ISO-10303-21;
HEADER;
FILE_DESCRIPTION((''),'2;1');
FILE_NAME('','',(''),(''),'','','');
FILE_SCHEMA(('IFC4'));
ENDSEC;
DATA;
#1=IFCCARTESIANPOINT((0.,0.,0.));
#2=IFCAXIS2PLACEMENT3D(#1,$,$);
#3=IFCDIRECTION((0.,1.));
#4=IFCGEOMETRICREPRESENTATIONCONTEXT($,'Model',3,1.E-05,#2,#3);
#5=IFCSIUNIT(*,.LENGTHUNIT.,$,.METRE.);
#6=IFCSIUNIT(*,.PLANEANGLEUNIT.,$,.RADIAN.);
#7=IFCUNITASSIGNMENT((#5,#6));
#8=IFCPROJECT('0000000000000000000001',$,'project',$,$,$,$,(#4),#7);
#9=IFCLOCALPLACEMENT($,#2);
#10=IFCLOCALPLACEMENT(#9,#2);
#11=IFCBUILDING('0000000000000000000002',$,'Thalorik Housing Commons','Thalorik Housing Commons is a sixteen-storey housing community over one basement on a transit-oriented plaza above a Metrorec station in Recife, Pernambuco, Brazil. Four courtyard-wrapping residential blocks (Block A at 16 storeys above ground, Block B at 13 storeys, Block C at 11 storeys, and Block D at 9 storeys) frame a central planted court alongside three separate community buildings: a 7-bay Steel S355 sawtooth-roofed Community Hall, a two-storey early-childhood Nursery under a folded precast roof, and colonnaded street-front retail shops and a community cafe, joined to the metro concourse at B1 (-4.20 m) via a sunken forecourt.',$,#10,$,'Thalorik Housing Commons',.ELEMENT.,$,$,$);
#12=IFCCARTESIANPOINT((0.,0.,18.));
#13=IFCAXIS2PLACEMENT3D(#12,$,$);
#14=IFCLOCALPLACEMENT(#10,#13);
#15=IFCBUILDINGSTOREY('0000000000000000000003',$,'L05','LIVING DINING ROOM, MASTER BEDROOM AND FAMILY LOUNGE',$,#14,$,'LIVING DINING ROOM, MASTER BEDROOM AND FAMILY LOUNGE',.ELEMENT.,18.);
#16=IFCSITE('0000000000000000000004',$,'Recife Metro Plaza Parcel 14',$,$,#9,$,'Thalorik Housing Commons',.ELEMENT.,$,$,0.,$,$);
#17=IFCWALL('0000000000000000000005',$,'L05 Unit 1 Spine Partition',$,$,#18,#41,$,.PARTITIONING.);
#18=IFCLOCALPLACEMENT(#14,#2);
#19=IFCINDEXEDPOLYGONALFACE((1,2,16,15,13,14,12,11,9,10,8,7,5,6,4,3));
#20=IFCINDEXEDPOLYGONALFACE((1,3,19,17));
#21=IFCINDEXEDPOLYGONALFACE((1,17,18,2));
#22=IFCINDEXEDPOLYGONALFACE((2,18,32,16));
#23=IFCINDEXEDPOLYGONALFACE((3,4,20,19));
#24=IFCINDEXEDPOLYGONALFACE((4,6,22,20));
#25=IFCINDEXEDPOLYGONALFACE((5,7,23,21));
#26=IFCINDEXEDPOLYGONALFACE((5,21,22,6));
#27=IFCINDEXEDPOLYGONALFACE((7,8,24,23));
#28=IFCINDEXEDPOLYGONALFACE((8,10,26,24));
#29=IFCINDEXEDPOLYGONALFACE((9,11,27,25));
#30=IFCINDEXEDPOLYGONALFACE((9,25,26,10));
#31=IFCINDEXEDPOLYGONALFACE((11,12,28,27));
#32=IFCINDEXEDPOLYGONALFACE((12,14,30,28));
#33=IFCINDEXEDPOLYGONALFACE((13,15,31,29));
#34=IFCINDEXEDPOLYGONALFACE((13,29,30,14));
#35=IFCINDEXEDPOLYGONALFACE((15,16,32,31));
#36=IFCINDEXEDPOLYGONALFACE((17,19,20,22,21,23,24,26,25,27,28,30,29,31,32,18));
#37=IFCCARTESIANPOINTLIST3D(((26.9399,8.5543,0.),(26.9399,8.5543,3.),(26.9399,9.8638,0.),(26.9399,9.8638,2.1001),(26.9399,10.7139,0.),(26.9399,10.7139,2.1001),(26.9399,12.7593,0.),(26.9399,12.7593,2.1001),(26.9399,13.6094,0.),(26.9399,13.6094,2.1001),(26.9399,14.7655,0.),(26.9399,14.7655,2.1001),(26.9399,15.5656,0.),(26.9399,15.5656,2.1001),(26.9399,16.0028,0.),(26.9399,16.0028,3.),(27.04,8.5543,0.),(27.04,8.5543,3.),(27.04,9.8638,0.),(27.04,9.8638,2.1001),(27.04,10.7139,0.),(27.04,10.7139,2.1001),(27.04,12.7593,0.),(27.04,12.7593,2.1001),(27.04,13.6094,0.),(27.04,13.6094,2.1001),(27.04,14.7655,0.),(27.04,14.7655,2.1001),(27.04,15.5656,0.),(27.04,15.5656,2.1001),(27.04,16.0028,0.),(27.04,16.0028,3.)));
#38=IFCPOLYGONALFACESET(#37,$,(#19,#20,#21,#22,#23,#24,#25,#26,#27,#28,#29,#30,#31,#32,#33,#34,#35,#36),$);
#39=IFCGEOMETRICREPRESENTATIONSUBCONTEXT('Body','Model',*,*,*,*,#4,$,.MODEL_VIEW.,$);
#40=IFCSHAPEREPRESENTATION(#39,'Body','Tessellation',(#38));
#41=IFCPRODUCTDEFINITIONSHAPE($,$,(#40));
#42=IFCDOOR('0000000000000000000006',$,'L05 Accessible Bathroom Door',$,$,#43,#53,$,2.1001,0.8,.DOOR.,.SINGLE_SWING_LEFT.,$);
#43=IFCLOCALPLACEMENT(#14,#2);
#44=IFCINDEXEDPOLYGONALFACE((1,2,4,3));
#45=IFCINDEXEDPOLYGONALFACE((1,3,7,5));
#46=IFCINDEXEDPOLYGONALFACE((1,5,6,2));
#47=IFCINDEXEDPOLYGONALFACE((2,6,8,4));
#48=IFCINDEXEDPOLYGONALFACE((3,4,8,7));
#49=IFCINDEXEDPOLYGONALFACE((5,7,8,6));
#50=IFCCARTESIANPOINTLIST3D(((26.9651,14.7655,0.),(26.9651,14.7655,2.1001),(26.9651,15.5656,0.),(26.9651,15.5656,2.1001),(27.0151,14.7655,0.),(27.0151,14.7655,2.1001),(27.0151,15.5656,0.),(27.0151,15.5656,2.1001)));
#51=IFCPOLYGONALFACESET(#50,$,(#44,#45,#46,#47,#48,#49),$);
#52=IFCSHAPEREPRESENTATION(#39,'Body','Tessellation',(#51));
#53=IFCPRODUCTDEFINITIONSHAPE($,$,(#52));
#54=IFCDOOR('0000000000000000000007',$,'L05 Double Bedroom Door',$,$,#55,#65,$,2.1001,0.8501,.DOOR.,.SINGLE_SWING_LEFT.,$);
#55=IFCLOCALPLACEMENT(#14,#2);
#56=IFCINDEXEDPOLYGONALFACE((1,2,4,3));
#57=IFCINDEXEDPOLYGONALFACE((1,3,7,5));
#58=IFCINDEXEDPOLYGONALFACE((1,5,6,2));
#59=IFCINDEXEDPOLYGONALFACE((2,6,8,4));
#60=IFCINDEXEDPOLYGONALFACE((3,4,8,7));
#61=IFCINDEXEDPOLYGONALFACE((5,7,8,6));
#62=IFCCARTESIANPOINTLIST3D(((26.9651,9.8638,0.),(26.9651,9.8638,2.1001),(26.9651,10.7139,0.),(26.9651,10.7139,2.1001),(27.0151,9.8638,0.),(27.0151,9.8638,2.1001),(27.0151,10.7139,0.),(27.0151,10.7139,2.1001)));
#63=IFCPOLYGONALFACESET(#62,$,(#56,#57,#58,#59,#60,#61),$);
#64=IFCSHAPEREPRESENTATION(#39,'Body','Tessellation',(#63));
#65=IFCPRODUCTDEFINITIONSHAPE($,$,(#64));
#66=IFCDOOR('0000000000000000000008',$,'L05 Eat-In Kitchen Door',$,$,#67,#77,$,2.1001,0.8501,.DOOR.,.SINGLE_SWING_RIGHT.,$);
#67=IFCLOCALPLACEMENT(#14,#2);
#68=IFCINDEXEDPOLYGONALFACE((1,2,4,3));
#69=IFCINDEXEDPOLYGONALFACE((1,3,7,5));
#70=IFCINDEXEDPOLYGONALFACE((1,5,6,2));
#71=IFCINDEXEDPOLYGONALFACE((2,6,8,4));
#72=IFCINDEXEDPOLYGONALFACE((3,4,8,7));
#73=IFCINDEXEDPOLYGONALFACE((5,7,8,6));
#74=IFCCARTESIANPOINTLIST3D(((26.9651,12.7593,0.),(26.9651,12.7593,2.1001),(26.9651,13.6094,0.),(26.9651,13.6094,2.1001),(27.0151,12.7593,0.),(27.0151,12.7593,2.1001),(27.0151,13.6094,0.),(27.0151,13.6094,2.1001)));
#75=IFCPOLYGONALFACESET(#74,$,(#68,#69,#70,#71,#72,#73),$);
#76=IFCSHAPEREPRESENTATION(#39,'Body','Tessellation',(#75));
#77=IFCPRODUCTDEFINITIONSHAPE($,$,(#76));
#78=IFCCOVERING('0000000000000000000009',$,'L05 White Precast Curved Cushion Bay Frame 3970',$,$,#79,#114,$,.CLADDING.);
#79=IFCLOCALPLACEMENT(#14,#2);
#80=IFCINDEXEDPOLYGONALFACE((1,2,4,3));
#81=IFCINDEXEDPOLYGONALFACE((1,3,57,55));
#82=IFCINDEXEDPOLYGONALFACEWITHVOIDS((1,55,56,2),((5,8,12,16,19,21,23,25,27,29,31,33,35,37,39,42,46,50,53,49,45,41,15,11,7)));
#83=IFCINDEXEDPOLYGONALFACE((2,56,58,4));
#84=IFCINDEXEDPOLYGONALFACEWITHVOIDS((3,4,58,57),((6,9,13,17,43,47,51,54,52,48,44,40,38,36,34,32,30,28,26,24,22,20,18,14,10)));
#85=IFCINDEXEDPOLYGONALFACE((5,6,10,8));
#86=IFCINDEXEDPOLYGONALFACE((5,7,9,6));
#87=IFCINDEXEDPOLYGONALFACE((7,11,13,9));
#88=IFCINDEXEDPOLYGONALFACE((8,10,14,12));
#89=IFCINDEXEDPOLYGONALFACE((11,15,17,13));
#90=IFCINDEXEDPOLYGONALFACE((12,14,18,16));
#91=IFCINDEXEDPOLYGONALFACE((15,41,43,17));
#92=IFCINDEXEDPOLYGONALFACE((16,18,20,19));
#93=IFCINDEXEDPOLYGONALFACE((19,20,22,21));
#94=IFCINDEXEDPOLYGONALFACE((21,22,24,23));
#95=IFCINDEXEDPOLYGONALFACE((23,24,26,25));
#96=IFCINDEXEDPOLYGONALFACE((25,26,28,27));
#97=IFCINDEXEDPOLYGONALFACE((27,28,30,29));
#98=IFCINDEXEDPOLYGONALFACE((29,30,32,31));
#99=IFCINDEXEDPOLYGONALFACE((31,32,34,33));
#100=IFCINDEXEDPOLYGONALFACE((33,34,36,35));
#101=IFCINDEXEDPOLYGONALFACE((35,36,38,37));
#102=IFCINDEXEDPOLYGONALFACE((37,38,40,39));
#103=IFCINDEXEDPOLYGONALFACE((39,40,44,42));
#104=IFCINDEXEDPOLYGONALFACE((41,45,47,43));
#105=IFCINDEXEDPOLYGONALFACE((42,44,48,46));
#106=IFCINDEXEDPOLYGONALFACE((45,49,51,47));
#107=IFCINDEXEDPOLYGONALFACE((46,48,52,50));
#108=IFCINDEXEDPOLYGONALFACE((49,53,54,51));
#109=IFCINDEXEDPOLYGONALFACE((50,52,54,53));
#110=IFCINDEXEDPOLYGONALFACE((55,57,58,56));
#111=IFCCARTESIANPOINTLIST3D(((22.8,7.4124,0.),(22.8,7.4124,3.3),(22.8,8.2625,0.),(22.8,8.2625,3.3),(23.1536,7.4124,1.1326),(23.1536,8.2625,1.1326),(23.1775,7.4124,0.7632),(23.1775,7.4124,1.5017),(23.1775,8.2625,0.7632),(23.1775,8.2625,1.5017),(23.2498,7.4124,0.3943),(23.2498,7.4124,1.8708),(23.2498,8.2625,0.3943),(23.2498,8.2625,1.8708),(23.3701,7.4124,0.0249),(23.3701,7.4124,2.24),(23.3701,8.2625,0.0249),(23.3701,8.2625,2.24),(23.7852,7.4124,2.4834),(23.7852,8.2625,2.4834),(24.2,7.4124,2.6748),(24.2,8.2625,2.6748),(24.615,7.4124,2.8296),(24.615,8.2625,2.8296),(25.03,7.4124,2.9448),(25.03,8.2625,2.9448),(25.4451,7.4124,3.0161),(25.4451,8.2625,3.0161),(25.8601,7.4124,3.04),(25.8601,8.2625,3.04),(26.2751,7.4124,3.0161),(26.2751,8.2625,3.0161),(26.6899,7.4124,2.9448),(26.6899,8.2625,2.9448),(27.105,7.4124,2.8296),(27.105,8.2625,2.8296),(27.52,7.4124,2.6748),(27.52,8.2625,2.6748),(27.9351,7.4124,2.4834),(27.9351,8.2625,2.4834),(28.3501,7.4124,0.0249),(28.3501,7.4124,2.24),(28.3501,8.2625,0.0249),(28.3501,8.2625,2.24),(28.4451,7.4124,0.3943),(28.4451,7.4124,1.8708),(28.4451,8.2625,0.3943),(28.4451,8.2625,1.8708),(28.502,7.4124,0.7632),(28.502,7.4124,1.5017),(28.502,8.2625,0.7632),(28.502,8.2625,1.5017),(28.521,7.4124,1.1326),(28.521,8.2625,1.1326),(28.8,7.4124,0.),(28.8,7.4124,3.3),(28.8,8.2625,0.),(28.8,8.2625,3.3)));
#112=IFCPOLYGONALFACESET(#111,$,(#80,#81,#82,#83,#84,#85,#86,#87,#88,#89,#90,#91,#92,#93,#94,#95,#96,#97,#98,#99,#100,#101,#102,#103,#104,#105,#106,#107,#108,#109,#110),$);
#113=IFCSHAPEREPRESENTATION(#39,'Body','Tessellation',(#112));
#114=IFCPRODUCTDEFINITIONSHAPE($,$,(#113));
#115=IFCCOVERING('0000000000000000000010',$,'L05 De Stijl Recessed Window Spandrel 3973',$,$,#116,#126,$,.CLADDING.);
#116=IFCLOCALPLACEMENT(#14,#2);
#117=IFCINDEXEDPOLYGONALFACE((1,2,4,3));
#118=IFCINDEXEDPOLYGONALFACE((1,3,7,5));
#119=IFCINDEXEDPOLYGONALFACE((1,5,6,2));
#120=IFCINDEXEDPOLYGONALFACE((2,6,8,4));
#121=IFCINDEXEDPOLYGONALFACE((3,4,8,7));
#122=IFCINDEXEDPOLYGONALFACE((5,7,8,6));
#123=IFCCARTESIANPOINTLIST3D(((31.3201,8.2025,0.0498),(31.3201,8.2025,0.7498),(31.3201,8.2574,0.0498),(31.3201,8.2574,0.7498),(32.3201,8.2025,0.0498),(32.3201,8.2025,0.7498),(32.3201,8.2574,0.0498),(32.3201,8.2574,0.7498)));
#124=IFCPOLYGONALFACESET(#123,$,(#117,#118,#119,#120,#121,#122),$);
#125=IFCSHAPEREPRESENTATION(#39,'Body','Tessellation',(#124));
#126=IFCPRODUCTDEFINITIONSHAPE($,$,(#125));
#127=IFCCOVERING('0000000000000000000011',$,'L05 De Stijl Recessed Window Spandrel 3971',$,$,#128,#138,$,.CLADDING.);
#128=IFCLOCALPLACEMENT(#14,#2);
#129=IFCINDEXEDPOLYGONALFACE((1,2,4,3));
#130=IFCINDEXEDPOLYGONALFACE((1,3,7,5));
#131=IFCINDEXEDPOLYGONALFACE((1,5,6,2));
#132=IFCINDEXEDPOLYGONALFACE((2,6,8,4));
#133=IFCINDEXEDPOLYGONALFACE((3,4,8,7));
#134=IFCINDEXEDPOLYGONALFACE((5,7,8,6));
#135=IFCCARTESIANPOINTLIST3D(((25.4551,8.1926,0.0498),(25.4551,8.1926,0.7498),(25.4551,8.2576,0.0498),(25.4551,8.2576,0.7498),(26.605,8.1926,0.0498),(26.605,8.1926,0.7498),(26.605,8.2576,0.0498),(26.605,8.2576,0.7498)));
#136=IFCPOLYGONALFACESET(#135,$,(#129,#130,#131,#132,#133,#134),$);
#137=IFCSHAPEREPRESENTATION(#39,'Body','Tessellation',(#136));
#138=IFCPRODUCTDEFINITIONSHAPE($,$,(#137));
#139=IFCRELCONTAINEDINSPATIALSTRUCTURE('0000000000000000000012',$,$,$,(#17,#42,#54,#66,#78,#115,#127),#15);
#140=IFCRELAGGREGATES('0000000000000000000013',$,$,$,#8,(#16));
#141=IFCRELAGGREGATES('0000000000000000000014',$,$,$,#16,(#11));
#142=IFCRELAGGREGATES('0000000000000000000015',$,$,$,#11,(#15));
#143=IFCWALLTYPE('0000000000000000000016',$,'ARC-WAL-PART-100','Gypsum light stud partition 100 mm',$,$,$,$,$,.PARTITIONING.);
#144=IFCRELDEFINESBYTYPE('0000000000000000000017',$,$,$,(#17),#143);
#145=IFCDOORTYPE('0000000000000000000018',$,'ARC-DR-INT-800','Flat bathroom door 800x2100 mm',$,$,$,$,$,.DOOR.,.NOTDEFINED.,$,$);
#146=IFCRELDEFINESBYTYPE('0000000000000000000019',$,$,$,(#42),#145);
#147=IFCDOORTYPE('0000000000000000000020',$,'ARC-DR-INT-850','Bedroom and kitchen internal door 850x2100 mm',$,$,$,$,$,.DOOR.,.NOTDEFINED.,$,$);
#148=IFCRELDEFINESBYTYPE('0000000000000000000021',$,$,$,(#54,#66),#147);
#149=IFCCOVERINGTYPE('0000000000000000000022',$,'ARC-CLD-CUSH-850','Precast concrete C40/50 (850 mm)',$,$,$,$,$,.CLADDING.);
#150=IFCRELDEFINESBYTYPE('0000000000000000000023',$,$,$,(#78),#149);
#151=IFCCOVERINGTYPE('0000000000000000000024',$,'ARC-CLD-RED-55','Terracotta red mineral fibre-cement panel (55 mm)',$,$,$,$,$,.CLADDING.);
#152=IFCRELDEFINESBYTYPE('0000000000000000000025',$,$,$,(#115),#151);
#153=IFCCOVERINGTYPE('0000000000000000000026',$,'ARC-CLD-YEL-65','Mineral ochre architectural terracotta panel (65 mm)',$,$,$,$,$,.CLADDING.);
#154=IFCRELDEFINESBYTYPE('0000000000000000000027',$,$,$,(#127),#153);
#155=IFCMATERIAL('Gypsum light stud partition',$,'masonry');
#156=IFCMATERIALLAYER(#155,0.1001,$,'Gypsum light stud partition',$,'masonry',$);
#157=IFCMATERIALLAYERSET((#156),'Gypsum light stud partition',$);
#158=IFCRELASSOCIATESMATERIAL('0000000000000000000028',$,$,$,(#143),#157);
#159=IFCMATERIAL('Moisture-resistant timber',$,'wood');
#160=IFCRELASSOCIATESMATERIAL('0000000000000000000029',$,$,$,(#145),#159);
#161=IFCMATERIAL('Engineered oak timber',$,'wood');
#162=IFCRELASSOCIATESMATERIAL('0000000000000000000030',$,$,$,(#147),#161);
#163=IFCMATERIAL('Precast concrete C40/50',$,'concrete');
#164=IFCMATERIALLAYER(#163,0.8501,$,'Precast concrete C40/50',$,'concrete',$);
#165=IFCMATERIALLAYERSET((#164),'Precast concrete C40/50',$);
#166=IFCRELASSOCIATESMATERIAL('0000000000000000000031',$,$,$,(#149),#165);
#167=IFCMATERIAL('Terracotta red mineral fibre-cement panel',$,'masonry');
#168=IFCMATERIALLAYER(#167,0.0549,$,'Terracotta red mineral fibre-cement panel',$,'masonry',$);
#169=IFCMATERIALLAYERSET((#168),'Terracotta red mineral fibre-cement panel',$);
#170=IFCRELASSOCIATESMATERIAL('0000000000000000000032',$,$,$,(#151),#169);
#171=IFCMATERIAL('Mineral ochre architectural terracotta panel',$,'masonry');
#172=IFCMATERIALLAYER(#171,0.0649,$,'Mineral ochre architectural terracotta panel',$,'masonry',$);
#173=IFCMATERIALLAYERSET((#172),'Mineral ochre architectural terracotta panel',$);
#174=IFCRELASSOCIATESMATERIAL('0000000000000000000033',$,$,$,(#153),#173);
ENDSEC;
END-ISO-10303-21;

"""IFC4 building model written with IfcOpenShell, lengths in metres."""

from ifc_helpers import new_model, si_unit, direction, frame, frame_2d, origin, origin_2d, place, context, subcontext, project, spatial, polyline, rectangle, outline, extrude, material, layer, layer_set, type_object, element, fill, save


model = new_model("IFC4")

# Units and contexts
model_context = context("Model", 3, precision=1e-05, world=origin(), true_north=direction((0.0, 1.0)))
body_context = subcontext(model_context, "Body", "Model", "MODEL_VIEW")
ifc_project = project(units=[si_unit("LENGTHUNIT", "METRE"), si_unit("PLANEANGLEUNIT", "RADIAN")], contexts=[model_context])

# Site, building, storey
site_placement = place(None, origin())
site = spatial("IfcSite", under=ifc_project, at=site_placement, Name="Recife Metro Plaza Parcel 14", LongName="Thalorik Housing Commons", CompositionType="ELEMENT", RefElevation=0.0)
building_placement = place(site_placement, origin())
building = spatial("IfcBuilding", under=site, at=building_placement, Name="Thalorik Housing Commons", Description="Thalorik Housing Commons is a sixteen-storey housing community over one basement on a transit-oriented plaza above a Metrorec station in Recife, Pernambuco, Brazil. Four courtyard-wrapping residential blocks (Block A at 16 storeys above ground, Block B at 13 storeys, Block C at 11 storeys, and Block D at 9 storeys) frame a central planted court alongside three separate community buildings: a 7-bay Steel S355 sawtooth-roofed Community Hall, a two-storey early-childhood Nursery under a folded precast roof, and colonnaded street-front retail shops and a community cafe, joined to the metro concourse at B1 (-4.20 m) via a sunken forecourt.", LongName="Thalorik Housing Commons", CompositionType="ELEMENT")
storey_placement = place(building_placement, frame((0.0, 0.0, 18.0)))
storey = spatial("IfcBuildingStorey", under=building, at=storey_placement, Name="L05", Description="LIVING DINING ROOM, MASTER BEDROOM AND FAMILY LOUNGE", LongName="LIVING DINING ROOM, MASTER BEDROOM AND FAMILY LOUNGE", CompositionType="ELEMENT", Elevation=18.0)

# Shared definitions
ifc_material_1 = material(Name="Precast concrete C40/50", Category="concrete")

# Wall, openings, doors
ifc_material_2 = material(Name="Gypsum light stud partition", Category="masonry")
ifc_layer_1 = layer(ifc_material_2, 0.1001, Name="Gypsum light stud partition", Category="masonry")
ifc_layer_set_1 = layer_set([ifc_layer_1], Name="Gypsum light stud partition")
wall_type_1 = type_object("IfcWallType", Name="ARC-WAL-PART-100", Description="Gypsum light stud partition 100 mm", PredefinedType="PARTITIONING", material=ifc_layer_set_1)
wall_1_placement = place(storey_placement, frame((26.99, 8.5544, 0.0), z_axis=(0.0, 0.0, 1.0), x_axis=(0.0, 1.0, 0.0)))
wall_1 = element("IfcWall", 1, at=wall_1_placement, inside=storey, type_object=wall_type_1, Name="L05 Unit 1 Spine Partition", PredefinedType="PARTITIONING", context=body_context, shape_type="SweptSolid", body=[
    extrude(rectangle(XDim=7.4485, YDim=0.1001, at=frame_2d((3.7241, 0.0))), origin(), (0.0, 0.0, 1.0), 3.0),
])
opening_1_placement = place(wall_1_placement, frame((1.3093, 0.0, 0.0)))
opening_1 = element("IfcOpeningElement", 2, at=opening_1_placement, cuts=wall_1, PredefinedType="OPENING", context=body_context, shape_type="SweptSolid", body=[
    extrude(rectangle(XDim=0.8501, YDim=2.1001, at=frame_2d((0.425, 1.05))), frame((0.0, 0.0601, 0.0), z_axis=(0.0, -1.0, 0.0), x_axis=(1.0, 0.0, 0.0)), (0.0, 0.0, 1.0), 0.1201),
])
opening_2_placement = place(wall_1_placement, frame((4.2048, 0.0, 0.0)))
opening_2 = element("IfcOpeningElement", 3, at=opening_2_placement, cuts=wall_1, PredefinedType="OPENING", context=body_context, shape_type="SweptSolid", body=[
    extrude(rectangle(XDim=0.8501, YDim=2.1001, at=frame_2d((0.425, 1.05))), frame((0.0, 0.0601, 0.0), z_axis=(0.0, -1.0, 0.0), x_axis=(1.0, 0.0, 0.0)), (0.0, 0.0, 1.0), 0.1201),
])
opening_3_placement = place(wall_1_placement, frame((6.2112, 0.0, 0.0)))
opening_3 = element("IfcOpeningElement", 4, at=opening_3_placement, cuts=wall_1, PredefinedType="OPENING", context=body_context, shape_type="SweptSolid", body=[
    extrude(rectangle(XDim=0.8, YDim=2.1001, at=frame_2d((0.3999, 1.05))), frame((0.0, 0.0601, 0.0), z_axis=(0.0, -1.0, 0.0), x_axis=(1.0, 0.0, 0.0)), (0.0, 0.0, 1.0), 0.1201),
])
ifc_material_3 = material(Name="Moisture-resistant timber", Category="wood")
door_type_1 = type_object("IfcDoorType", Name="ARC-DR-INT-800", Description="Flat bathroom door 800x2100 mm", OperationType="NOTDEFINED", PredefinedType="DOOR", material=ifc_material_3)
door_1_placement = place(opening_3_placement, origin())
door_1 = element("IfcDoor", 5, at=door_1_placement, inside=storey, type_object=door_type_1, Name="L05 Accessible Bathroom Door", OperationType="SINGLE_SWING_LEFT", OverallHeight=2.1001, OverallWidth=0.8, PredefinedType="DOOR", context=body_context, shape_type="SweptSolid", body=[
    extrude(rectangle(XDim=0.8, YDim=2.1001, at=frame_2d((0.3999, 1.05))), frame((0.0, 0.0249, 0.0), z_axis=(0.0, -1.0, 0.0), x_axis=(1.0, 0.0, 0.0)), (0.0, 0.0, 1.0), 0.05),
])
fill(opening_3, door_1)
ifc_material_4 = material(Name="Engineered oak timber", Category="wood")
door_type_2 = type_object("IfcDoorType", Name="ARC-DR-INT-850", Description="Bedroom and kitchen internal door 850x2100 mm", OperationType="NOTDEFINED", PredefinedType="DOOR", material=ifc_material_4)
door_2_placement = place(opening_1_placement, origin())
door_2 = element("IfcDoor", 6, at=door_2_placement, inside=storey, type_object=door_type_2, Name="L05 Double Bedroom Door", OperationType="SINGLE_SWING_LEFT", OverallHeight=2.1001, OverallWidth=0.8501, PredefinedType="DOOR", context=body_context, shape_type="SweptSolid", body=[
    extrude(rectangle(XDim=0.8501, YDim=2.1001, at=frame_2d((0.425, 1.05))), frame((0.0, 0.0249, 0.0), z_axis=(0.0, -1.0, 0.0), x_axis=(1.0, 0.0, 0.0)), (0.0, 0.0, 1.0), 0.05),
])
fill(opening_1, door_2)
door_3_placement = place(opening_2_placement, origin())
door_3 = element("IfcDoor", 7, at=door_3_placement, inside=storey, type_object=door_type_2, Name="L05 Eat-In Kitchen Door", OperationType="SINGLE_SWING_RIGHT", OverallHeight=2.1001, OverallWidth=0.8501, PredefinedType="DOOR", context=body_context, shape_type="SweptSolid", body=[
    extrude(rectangle(XDim=0.8501, YDim=2.1001, at=frame_2d((0.425, 1.05))), frame((0.0, 0.0249, 0.0), z_axis=(0.0, -1.0, 0.0), x_axis=(1.0, 0.0, 0.0)), (0.0, 0.0, 1.0), 0.05),
])
fill(opening_2, door_3)

# Coverings
ifc_layer_2 = layer(ifc_material_1, 0.8501, Name="Precast concrete C40/50", Category="concrete")
ifc_layer_set_2 = layer_set([ifc_layer_2], Name="Precast concrete C40/50")
covering_type_1 = type_object("IfcCoveringType", Name="ARC-CLD-CUSH-850", Description="Precast concrete C40/50 (850 mm)", PredefinedType="CLADDING", material=ifc_layer_set_2)
covering_1_placement = place(storey_placement, frame((25.8, 7.8374, 0.0), z_axis=(0.0, 0.0, 1.0), x_axis=(1.0, 0.0, 0.0)))
element("IfcCovering", 8, at=covering_1_placement, inside=storey, type_object=covering_type_1, Name="L05 White Precast Curved Cushion Bay Frame 3970", PredefinedType="CLADDING", context=body_context, shape_type="SweptSolid", body=[
    extrude(outline(polyline([(-3.0, 0.0), (3.0, 0.0), (3.0, 3.3), (-3.0, 3.3), (-3.0, 0.0)]), holes=[polyline([(2.55, 0.0249), (2.645, 0.3943), (2.7019, 0.7632), (2.7209, 1.1326), (2.7019, 1.5017), (2.645, 1.8708), (2.55, 2.24), (2.135, 2.4834), (1.72, 2.6748), (1.3049, 2.8296), (0.8899, 2.9448), (0.4751, 3.0161), (0.0601, 3.04), (-0.355, 3.0161), (-0.77, 2.9448), (-1.1851, 2.8296), (-1.6001, 2.6748), (-2.0149, 2.4834), (-2.4299, 2.24), (-2.5503, 1.8708), (-2.6226, 1.5017), (-2.6465, 1.1326), (-2.6226, 0.7632), (-2.5503, 0.3943), (-2.4299, 0.0249), (2.55, 0.0249)])]), frame((0.0, 0.425, 0.0), z_axis=(0.0, -1.0, 0.0), x_axis=(1.0, 0.0, 0.0)), (0.0, 0.0, 1.0), 0.8501),
])
ifc_material_5 = material(Name="Terracotta red mineral fibre-cement panel", Category="masonry")
ifc_layer_3 = layer(ifc_material_5, 0.0549, Name="Terracotta red mineral fibre-cement panel", Category="masonry")
ifc_layer_set_3 = layer_set([ifc_layer_3], Name="Terracotta red mineral fibre-cement panel")
covering_type_2 = type_object("IfcCoveringType", Name="ARC-CLD-RED-55", Description="Terracotta red mineral fibre-cement panel (55 mm)", PredefinedType="CLADDING", material=ifc_layer_set_3)
covering_2_placement = place(storey_placement, frame((31.8201, 8.23, 0.0498), z_axis=(0.0, 0.0, 1.0), x_axis=(1.0, 0.0, 0.0)))
element("IfcCovering", 9, at=covering_2_placement, inside=storey, type_object=covering_type_2, Name="L05 De Stijl Recessed Window Spandrel 3973", PredefinedType="CLADDING", context=body_context, shape_type="SweptSolid", body=[
    extrude(rectangle(XDim=1.0, YDim=0.0549, at=origin_2d()), origin(), (0.0, 0.0, 1.0), 0.7),
])
ifc_material_6 = material(Name="Mineral ochre architectural terracotta panel", Category="masonry")
ifc_layer_4 = layer(ifc_material_6, 0.0649, Name="Mineral ochre architectural terracotta panel", Category="masonry")
ifc_layer_set_4 = layer_set([ifc_layer_4], Name="Mineral ochre architectural terracotta panel")
covering_type_3 = type_object("IfcCoveringType", Name="ARC-CLD-YEL-65", Description="Mineral ochre architectural terracotta panel (65 mm)", PredefinedType="CLADDING", material=ifc_layer_set_4)
covering_3_placement = place(storey_placement, frame((26.03, 8.2251, 0.0498), z_axis=(0.0, 0.0, 1.0), x_axis=(1.0, 0.0, 0.0)))
element("IfcCovering", 10, at=covering_3_placement, inside=storey, type_object=covering_type_3, Name="L05 De Stijl Recessed Window Spandrel 3971", PredefinedType="CLADDING", context=body_context, shape_type="SweptSolid", body=[
    extrude(rectangle(XDim=1.1499, YDim=0.0649, at=origin_2d()), origin(), (0.0, 0.0, 1.0), 0.7),
])

save(model, "model.ifc")
